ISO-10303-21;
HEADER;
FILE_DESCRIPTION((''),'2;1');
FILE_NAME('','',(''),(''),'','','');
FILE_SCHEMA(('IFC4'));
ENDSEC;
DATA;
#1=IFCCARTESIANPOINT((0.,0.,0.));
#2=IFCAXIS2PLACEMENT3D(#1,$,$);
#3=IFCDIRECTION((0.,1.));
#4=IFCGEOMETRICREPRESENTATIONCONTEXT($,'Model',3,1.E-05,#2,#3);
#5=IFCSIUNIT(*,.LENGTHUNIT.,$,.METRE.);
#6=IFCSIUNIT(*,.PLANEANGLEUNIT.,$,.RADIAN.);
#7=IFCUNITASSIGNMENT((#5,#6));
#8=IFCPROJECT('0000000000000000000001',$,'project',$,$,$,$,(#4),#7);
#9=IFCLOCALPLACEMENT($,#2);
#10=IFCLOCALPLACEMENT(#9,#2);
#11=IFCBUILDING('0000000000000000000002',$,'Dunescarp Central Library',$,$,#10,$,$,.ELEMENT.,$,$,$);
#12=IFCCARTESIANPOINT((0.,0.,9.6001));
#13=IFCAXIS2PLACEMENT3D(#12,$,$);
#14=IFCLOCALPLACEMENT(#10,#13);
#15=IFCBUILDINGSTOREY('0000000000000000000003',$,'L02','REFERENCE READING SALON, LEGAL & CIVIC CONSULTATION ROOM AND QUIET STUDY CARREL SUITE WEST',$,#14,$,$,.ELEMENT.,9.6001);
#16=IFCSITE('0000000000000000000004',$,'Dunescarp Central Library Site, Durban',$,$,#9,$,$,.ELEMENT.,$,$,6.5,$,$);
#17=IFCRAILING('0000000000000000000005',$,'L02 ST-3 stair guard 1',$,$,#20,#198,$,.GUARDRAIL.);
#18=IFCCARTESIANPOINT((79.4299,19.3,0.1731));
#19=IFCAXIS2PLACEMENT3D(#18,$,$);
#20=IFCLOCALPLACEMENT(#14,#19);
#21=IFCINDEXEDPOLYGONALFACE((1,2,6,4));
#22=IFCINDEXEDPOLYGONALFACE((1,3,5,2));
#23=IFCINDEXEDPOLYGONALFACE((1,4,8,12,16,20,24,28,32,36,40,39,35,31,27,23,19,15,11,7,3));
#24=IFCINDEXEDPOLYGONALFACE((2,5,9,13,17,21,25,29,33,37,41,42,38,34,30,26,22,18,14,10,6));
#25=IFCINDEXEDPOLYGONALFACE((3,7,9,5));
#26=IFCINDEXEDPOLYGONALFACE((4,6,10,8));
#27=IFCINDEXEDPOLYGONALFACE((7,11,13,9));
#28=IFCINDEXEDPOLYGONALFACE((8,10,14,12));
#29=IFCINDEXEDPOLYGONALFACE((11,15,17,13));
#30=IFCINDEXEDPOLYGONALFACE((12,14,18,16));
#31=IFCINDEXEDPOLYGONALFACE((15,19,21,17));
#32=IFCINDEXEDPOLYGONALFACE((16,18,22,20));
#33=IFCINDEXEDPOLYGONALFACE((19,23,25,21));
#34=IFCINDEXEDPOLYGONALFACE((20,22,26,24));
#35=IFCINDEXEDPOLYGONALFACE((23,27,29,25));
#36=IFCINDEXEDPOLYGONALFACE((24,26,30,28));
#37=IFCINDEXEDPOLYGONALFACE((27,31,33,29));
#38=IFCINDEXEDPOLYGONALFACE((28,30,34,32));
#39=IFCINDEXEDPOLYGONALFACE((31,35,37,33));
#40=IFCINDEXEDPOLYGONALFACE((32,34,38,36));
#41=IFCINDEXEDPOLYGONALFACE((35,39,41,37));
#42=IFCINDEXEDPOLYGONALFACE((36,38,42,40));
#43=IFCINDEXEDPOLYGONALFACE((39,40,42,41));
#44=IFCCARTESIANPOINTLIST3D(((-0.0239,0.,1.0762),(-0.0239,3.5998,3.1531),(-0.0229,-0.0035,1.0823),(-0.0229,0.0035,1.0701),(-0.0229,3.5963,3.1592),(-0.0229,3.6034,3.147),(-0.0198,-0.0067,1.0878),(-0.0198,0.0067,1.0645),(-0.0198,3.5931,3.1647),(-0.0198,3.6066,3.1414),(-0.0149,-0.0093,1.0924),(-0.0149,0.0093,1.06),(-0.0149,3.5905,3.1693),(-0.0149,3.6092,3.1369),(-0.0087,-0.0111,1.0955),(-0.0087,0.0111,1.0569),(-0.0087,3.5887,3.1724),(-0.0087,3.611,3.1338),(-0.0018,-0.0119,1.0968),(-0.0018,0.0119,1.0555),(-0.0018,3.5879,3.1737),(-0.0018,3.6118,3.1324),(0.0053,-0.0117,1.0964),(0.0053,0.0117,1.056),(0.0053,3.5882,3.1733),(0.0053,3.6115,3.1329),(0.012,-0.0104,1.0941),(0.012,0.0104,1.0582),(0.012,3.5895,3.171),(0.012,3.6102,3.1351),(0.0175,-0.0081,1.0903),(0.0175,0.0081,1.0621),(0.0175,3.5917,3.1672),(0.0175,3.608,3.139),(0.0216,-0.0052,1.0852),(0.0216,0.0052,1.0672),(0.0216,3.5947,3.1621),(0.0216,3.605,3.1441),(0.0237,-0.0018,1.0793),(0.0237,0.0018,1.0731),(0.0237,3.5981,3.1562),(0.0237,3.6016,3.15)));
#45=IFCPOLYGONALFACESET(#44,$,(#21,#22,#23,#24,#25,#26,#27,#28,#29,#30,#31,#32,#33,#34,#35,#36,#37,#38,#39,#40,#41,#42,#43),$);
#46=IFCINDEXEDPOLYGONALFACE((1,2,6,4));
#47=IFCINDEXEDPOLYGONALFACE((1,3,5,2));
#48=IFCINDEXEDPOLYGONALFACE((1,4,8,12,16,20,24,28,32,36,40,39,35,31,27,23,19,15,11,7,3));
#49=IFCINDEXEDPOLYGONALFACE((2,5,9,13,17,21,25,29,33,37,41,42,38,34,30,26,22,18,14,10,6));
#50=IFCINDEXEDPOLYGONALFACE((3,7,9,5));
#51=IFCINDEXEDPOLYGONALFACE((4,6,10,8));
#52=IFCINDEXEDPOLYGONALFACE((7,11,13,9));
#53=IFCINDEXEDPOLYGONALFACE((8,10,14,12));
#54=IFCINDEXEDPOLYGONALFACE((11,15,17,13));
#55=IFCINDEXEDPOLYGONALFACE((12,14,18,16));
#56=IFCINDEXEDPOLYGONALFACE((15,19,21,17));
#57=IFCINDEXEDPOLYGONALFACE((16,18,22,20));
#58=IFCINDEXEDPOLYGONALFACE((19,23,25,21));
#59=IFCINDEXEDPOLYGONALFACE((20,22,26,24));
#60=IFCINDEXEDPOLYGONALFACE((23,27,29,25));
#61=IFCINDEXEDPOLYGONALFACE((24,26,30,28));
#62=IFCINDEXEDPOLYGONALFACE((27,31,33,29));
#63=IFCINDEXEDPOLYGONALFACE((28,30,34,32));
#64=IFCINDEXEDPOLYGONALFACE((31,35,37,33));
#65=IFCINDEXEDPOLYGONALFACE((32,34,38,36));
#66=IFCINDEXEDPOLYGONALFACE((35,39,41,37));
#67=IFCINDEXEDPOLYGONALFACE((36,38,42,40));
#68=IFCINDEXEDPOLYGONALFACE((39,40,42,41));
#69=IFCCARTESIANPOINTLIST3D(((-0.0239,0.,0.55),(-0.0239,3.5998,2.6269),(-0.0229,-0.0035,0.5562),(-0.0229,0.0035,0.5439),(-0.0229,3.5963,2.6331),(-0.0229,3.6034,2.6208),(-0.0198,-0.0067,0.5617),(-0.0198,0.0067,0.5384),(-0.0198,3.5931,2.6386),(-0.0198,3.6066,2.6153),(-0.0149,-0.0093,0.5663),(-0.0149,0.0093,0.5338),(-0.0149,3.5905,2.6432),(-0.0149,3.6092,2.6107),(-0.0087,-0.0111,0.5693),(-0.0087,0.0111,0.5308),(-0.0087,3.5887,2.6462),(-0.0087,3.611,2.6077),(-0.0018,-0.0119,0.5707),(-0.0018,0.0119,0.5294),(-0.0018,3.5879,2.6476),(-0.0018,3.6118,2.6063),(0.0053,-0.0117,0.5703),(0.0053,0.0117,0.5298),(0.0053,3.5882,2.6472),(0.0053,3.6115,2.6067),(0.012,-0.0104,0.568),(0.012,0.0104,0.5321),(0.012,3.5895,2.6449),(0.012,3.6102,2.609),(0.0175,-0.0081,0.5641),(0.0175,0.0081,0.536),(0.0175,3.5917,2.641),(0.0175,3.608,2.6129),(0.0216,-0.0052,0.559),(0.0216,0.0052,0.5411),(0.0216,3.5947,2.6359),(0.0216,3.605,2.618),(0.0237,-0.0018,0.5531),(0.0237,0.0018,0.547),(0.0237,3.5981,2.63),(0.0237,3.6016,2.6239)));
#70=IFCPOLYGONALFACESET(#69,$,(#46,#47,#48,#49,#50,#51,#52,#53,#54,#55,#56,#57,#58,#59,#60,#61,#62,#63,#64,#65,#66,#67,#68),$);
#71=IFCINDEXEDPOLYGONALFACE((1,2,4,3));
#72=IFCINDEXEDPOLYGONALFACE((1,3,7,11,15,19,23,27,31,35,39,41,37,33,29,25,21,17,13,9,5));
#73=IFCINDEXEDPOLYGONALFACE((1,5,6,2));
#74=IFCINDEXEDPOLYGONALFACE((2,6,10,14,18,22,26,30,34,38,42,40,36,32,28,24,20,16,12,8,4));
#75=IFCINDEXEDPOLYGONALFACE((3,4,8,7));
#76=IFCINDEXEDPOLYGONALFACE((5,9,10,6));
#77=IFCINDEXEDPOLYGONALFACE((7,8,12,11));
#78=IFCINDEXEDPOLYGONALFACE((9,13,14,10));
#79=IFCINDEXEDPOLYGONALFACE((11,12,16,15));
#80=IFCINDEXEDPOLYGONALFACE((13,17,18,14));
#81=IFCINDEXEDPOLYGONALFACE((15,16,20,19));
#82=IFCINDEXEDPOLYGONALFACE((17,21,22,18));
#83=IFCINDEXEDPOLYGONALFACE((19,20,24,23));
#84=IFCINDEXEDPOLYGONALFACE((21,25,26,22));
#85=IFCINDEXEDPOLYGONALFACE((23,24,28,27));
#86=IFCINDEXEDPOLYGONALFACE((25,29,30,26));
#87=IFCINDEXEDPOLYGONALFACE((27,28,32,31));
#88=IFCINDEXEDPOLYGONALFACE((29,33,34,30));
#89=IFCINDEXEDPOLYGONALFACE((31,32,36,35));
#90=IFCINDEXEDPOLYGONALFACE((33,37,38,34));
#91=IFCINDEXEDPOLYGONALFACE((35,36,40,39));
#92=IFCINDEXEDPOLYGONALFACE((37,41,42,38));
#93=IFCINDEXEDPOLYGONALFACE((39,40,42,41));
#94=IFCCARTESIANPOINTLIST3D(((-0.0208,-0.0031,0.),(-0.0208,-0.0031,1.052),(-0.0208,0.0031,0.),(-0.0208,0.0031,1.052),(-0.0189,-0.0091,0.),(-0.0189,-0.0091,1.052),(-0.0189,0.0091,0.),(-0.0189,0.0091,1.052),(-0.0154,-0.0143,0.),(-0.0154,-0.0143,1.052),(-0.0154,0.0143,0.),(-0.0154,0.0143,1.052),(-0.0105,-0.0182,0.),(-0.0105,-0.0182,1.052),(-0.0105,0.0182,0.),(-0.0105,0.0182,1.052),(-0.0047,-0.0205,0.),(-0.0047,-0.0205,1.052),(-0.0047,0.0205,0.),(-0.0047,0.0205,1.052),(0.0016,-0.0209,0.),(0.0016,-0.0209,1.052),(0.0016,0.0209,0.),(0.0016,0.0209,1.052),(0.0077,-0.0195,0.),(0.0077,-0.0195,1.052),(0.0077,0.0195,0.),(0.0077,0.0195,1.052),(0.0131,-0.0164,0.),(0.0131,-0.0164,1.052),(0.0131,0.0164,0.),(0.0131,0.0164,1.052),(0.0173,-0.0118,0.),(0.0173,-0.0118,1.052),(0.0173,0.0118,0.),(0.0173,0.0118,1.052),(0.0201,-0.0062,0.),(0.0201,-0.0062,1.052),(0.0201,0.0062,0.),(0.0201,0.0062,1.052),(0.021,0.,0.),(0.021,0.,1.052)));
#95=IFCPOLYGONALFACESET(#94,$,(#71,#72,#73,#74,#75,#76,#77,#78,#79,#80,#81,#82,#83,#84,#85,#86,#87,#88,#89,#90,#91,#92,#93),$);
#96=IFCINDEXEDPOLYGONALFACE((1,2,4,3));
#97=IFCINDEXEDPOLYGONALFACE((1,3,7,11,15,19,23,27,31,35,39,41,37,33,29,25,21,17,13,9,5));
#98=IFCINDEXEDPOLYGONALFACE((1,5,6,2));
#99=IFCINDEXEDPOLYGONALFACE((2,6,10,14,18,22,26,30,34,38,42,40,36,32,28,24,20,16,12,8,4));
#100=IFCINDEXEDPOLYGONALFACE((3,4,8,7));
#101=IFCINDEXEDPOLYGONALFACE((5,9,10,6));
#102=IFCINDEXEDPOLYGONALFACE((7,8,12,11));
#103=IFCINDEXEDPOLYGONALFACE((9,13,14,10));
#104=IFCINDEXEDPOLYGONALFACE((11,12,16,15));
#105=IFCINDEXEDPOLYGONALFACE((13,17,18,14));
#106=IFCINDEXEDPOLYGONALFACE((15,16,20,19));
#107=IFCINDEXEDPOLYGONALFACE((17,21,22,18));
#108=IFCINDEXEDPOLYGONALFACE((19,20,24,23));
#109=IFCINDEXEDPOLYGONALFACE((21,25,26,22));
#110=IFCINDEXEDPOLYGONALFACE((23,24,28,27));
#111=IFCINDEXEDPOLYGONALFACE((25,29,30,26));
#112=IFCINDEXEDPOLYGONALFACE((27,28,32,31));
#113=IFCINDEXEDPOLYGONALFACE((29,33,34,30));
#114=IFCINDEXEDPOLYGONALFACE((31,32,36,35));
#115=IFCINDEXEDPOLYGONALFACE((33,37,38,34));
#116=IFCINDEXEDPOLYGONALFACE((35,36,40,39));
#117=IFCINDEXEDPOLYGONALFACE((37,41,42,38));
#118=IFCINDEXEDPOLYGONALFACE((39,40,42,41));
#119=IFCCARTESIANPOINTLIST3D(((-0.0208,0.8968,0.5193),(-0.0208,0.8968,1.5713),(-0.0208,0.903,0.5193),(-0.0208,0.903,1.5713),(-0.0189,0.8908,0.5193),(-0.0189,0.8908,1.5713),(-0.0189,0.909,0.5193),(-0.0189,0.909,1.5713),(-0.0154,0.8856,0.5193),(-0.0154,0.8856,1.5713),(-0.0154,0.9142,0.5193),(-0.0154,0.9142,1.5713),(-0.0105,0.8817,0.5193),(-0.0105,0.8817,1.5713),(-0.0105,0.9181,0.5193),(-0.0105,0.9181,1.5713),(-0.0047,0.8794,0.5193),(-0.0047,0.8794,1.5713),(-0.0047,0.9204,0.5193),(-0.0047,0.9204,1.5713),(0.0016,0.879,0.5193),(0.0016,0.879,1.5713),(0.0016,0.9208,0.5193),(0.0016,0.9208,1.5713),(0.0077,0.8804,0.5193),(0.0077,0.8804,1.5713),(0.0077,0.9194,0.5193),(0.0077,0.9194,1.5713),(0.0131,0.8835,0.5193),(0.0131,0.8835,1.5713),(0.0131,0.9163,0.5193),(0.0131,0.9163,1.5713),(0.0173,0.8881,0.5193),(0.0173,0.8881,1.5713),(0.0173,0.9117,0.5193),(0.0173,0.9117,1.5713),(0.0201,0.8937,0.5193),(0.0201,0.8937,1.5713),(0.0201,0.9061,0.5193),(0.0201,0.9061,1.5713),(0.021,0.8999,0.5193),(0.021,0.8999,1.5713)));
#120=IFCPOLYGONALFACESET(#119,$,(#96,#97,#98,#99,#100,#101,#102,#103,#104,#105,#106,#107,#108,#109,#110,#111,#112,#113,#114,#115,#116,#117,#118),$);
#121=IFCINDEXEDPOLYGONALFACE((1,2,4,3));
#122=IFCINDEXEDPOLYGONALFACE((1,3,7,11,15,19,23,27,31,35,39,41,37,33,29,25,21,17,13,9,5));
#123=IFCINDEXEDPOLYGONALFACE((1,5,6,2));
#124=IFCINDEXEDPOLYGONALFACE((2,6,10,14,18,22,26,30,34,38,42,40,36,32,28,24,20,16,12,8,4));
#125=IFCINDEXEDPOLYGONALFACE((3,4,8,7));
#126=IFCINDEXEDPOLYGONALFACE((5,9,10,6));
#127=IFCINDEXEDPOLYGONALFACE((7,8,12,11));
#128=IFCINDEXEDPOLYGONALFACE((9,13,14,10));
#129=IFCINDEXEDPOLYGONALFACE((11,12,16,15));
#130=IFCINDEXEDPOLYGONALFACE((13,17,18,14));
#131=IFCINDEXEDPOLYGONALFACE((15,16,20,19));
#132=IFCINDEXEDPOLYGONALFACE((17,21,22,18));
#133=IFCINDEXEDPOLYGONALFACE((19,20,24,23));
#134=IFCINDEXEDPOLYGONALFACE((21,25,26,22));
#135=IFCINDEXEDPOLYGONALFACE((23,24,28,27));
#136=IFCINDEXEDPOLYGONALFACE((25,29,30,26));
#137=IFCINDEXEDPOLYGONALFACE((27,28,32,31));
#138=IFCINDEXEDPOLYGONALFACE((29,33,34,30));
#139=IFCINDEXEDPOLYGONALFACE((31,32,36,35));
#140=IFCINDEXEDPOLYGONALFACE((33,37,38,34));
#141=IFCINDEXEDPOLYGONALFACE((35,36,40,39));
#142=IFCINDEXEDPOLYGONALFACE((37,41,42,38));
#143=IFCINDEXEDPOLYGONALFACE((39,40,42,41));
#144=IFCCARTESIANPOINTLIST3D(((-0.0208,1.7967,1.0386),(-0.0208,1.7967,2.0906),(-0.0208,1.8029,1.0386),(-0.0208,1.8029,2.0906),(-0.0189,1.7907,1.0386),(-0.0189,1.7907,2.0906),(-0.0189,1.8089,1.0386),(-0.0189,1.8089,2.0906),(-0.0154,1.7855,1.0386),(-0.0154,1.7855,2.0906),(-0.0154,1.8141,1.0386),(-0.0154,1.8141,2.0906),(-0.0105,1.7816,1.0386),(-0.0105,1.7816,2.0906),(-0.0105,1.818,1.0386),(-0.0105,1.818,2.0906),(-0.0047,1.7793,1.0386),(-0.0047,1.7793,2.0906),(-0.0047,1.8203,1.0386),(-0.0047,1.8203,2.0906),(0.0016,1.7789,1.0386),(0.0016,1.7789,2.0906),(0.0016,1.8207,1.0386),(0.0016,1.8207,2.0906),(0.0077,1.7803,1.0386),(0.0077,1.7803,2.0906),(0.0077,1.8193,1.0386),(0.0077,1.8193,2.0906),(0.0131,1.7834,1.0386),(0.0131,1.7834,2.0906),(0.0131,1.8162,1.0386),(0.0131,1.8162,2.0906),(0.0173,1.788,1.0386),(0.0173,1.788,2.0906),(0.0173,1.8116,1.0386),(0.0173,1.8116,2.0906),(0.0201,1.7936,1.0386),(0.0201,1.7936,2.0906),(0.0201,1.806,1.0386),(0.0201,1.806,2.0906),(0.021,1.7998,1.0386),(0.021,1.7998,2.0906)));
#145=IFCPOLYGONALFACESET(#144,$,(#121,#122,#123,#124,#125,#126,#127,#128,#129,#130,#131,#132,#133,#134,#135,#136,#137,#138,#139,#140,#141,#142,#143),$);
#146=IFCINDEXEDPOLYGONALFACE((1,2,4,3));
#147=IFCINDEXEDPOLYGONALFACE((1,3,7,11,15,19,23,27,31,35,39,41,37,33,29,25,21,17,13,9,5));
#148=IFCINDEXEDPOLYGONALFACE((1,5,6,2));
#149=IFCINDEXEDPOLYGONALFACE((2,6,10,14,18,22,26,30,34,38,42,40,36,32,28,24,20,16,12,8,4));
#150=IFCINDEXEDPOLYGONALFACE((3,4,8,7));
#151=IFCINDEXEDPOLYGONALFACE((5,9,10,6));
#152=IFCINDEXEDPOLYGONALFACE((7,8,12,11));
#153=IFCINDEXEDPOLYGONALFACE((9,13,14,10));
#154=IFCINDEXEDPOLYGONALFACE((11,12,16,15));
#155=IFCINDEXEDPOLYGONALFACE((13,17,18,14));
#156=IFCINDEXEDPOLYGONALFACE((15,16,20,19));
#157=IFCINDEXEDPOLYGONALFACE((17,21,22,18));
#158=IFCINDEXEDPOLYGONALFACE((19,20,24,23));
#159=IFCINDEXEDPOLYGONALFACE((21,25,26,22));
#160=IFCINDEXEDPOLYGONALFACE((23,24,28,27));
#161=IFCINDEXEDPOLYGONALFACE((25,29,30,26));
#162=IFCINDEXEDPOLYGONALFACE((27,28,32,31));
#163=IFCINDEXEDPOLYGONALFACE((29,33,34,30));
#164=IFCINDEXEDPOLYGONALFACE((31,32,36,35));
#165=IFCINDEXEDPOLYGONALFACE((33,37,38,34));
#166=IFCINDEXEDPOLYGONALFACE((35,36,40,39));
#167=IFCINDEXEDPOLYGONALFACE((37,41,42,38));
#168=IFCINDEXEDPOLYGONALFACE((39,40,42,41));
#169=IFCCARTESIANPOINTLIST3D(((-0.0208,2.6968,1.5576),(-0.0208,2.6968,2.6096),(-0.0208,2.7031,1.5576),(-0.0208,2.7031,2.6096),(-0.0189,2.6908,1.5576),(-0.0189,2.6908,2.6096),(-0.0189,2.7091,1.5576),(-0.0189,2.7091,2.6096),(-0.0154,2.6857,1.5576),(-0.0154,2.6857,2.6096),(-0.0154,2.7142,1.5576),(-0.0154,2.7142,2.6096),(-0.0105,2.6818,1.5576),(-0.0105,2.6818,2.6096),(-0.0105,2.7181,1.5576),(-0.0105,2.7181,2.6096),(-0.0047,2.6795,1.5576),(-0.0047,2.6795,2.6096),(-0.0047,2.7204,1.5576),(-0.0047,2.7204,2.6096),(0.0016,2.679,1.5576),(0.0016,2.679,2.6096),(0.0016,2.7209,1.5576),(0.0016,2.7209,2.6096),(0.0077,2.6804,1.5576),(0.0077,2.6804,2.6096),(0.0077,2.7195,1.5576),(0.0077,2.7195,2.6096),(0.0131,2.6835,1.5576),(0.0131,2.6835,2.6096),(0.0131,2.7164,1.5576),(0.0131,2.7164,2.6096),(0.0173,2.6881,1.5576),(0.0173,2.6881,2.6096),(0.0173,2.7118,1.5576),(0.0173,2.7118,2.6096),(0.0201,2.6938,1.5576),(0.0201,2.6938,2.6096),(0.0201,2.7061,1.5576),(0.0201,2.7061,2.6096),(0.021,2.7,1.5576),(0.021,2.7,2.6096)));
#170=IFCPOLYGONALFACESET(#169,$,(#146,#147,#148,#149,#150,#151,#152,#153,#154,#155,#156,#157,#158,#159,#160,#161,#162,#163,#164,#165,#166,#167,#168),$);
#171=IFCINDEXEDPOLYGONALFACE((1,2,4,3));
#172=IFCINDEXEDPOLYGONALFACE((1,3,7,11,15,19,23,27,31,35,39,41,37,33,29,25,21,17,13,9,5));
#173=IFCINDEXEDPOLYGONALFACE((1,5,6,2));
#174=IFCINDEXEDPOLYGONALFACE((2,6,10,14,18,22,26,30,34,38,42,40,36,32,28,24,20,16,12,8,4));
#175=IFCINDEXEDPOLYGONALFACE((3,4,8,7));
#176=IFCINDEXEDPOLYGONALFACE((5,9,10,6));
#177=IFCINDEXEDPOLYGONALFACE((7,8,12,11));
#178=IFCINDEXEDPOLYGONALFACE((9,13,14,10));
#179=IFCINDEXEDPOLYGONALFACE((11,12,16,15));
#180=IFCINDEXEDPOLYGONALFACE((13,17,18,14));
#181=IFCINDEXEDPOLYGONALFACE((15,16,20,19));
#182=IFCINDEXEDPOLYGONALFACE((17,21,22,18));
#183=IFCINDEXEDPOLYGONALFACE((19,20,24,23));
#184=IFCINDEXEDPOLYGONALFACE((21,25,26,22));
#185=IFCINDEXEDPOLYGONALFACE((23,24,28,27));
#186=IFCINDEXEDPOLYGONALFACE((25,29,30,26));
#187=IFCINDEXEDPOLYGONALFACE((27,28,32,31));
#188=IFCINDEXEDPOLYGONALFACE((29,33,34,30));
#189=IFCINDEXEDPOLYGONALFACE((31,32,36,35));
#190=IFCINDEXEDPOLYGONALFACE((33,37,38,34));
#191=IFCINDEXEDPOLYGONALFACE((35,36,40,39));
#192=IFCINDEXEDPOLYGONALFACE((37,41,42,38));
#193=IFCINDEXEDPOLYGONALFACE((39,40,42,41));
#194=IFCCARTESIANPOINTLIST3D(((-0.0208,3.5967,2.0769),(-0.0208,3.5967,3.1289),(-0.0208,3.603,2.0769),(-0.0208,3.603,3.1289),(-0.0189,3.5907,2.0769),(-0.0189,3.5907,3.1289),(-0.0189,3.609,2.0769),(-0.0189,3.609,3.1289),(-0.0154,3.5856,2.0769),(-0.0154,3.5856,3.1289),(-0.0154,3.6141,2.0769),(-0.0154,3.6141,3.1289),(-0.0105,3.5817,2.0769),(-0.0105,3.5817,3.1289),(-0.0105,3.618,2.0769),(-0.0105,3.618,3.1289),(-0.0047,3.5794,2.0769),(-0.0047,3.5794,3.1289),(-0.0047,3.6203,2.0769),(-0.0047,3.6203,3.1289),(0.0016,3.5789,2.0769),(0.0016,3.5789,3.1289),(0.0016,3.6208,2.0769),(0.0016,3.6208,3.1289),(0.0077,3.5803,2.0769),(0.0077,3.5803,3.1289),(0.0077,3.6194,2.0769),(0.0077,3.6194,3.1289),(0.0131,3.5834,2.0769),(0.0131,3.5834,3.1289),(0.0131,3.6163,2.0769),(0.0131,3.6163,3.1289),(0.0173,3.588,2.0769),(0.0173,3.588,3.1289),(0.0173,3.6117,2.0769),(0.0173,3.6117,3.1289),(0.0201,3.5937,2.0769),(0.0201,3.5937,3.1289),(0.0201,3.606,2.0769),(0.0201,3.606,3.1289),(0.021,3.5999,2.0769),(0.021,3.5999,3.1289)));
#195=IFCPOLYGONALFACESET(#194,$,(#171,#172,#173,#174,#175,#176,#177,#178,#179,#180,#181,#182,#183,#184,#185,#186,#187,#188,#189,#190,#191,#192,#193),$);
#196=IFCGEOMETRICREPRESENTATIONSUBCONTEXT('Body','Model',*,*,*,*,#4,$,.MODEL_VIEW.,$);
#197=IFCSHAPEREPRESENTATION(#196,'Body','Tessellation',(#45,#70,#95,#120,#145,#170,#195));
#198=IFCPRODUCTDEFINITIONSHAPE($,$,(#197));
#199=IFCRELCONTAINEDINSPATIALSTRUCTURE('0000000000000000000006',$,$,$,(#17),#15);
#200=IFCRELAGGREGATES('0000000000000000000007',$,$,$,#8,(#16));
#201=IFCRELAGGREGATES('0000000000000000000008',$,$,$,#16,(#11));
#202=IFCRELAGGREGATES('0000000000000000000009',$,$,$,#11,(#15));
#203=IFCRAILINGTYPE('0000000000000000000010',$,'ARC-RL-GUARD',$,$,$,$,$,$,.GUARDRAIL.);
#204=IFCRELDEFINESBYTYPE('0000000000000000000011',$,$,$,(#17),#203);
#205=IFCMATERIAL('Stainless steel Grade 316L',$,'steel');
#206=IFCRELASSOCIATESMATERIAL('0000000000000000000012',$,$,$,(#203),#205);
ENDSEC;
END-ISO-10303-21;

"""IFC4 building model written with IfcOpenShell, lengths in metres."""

from ifc_helpers import new_model, si_unit, direction, frame, origin, origin_2d, place, context, subcontext, project, spatial, circle, extrude, material, type_object, element, save


model = new_model("IFC4")

# Units and contexts
model_context = context("Model", 3, precision=1e-05, world=origin(), true_north=direction((0.0, 1.0)))
body_context = subcontext(model_context, "Body", "Model", "MODEL_VIEW")
ifc_project = project(units=[si_unit("LENGTHUNIT", "METRE"), si_unit("PLANEANGLEUNIT", "RADIAN")], contexts=[model_context])

# Site, building, storey
site_placement = place(None, origin())
site = spatial("IfcSite", under=ifc_project, at=site_placement, Name="Dunescarp Central Library Site, Durban", CompositionType="ELEMENT", RefElevation=6.5)
building_placement = place(site_placement, origin())
building = spatial("IfcBuilding", under=site, at=building_placement, Name="Dunescarp Central Library", CompositionType="ELEMENT")
storey_placement = place(building_placement, frame((0.0, 0.0, 9.6001)))
storey = spatial("IfcBuildingStorey", under=building, at=storey_placement, Name="L02", Description="REFERENCE READING SALON, LEGAL & CIVIC CONSULTATION ROOM AND QUIET STUDY CARREL SUITE WEST", CompositionType="ELEMENT", Elevation=9.6001)

# Railing
ifc_material_1 = material(Name="Stainless steel Grade 316L", Category="steel")
railing_type_1 = type_object("IfcRailingType", Name="ARC-RL-GUARD", PredefinedType="GUARDRAIL", material=ifc_material_1)
railing_1_placement = place(storey_placement, frame((79.4299, 19.3, 0.1731)))
element("IfcRailing", 1, at=railing_1_placement, inside=storey, type_object=railing_type_1, Name="L02 ST-3 stair guard 1", PredefinedType="GUARDRAIL", context=body_context, shape_type="SweptSolid", body=[
    extrude(circle(Radius=0.0239, at=origin_2d()), frame((0.0, 0.0, 1.0762), z_axis=(0.0, 0.866179, 0.499734), x_axis=(-1.0, 0.0, 0.0)), (0.0, 0.0, 1.0), 4.156),
    extrude(circle(Radius=0.0239, at=origin_2d()), frame((0.0, 0.0, 0.55), z_axis=(0.0, 0.866179, 0.499734), x_axis=(-1.0, 0.0, 0.0)), (0.0, 0.0, 1.0), 4.156),
    extrude(circle(Radius=0.021, at=origin_2d()), origin(), (0.0, 0.0, 1.0), 1.052),
    extrude(circle(Radius=0.021, at=origin_2d()), frame((0.0, 0.8999, 0.5193)), (0.0, 0.0, 1.0), 1.052),
    extrude(circle(Radius=0.021, at=origin_2d()), frame((0.0, 1.7998, 1.0386)), (0.0, 0.0, 1.0), 1.052),
    extrude(circle(Radius=0.021, at=origin_2d()), frame((0.0, 2.7, 1.5576)), (0.0, 0.0, 1.0), 1.052),
    extrude(circle(Radius=0.021, at=origin_2d()), frame((0.0, 3.5999, 2.0769)), (0.0, 0.0, 1.0), 1.052),
])

save(model, "model.ifc")
